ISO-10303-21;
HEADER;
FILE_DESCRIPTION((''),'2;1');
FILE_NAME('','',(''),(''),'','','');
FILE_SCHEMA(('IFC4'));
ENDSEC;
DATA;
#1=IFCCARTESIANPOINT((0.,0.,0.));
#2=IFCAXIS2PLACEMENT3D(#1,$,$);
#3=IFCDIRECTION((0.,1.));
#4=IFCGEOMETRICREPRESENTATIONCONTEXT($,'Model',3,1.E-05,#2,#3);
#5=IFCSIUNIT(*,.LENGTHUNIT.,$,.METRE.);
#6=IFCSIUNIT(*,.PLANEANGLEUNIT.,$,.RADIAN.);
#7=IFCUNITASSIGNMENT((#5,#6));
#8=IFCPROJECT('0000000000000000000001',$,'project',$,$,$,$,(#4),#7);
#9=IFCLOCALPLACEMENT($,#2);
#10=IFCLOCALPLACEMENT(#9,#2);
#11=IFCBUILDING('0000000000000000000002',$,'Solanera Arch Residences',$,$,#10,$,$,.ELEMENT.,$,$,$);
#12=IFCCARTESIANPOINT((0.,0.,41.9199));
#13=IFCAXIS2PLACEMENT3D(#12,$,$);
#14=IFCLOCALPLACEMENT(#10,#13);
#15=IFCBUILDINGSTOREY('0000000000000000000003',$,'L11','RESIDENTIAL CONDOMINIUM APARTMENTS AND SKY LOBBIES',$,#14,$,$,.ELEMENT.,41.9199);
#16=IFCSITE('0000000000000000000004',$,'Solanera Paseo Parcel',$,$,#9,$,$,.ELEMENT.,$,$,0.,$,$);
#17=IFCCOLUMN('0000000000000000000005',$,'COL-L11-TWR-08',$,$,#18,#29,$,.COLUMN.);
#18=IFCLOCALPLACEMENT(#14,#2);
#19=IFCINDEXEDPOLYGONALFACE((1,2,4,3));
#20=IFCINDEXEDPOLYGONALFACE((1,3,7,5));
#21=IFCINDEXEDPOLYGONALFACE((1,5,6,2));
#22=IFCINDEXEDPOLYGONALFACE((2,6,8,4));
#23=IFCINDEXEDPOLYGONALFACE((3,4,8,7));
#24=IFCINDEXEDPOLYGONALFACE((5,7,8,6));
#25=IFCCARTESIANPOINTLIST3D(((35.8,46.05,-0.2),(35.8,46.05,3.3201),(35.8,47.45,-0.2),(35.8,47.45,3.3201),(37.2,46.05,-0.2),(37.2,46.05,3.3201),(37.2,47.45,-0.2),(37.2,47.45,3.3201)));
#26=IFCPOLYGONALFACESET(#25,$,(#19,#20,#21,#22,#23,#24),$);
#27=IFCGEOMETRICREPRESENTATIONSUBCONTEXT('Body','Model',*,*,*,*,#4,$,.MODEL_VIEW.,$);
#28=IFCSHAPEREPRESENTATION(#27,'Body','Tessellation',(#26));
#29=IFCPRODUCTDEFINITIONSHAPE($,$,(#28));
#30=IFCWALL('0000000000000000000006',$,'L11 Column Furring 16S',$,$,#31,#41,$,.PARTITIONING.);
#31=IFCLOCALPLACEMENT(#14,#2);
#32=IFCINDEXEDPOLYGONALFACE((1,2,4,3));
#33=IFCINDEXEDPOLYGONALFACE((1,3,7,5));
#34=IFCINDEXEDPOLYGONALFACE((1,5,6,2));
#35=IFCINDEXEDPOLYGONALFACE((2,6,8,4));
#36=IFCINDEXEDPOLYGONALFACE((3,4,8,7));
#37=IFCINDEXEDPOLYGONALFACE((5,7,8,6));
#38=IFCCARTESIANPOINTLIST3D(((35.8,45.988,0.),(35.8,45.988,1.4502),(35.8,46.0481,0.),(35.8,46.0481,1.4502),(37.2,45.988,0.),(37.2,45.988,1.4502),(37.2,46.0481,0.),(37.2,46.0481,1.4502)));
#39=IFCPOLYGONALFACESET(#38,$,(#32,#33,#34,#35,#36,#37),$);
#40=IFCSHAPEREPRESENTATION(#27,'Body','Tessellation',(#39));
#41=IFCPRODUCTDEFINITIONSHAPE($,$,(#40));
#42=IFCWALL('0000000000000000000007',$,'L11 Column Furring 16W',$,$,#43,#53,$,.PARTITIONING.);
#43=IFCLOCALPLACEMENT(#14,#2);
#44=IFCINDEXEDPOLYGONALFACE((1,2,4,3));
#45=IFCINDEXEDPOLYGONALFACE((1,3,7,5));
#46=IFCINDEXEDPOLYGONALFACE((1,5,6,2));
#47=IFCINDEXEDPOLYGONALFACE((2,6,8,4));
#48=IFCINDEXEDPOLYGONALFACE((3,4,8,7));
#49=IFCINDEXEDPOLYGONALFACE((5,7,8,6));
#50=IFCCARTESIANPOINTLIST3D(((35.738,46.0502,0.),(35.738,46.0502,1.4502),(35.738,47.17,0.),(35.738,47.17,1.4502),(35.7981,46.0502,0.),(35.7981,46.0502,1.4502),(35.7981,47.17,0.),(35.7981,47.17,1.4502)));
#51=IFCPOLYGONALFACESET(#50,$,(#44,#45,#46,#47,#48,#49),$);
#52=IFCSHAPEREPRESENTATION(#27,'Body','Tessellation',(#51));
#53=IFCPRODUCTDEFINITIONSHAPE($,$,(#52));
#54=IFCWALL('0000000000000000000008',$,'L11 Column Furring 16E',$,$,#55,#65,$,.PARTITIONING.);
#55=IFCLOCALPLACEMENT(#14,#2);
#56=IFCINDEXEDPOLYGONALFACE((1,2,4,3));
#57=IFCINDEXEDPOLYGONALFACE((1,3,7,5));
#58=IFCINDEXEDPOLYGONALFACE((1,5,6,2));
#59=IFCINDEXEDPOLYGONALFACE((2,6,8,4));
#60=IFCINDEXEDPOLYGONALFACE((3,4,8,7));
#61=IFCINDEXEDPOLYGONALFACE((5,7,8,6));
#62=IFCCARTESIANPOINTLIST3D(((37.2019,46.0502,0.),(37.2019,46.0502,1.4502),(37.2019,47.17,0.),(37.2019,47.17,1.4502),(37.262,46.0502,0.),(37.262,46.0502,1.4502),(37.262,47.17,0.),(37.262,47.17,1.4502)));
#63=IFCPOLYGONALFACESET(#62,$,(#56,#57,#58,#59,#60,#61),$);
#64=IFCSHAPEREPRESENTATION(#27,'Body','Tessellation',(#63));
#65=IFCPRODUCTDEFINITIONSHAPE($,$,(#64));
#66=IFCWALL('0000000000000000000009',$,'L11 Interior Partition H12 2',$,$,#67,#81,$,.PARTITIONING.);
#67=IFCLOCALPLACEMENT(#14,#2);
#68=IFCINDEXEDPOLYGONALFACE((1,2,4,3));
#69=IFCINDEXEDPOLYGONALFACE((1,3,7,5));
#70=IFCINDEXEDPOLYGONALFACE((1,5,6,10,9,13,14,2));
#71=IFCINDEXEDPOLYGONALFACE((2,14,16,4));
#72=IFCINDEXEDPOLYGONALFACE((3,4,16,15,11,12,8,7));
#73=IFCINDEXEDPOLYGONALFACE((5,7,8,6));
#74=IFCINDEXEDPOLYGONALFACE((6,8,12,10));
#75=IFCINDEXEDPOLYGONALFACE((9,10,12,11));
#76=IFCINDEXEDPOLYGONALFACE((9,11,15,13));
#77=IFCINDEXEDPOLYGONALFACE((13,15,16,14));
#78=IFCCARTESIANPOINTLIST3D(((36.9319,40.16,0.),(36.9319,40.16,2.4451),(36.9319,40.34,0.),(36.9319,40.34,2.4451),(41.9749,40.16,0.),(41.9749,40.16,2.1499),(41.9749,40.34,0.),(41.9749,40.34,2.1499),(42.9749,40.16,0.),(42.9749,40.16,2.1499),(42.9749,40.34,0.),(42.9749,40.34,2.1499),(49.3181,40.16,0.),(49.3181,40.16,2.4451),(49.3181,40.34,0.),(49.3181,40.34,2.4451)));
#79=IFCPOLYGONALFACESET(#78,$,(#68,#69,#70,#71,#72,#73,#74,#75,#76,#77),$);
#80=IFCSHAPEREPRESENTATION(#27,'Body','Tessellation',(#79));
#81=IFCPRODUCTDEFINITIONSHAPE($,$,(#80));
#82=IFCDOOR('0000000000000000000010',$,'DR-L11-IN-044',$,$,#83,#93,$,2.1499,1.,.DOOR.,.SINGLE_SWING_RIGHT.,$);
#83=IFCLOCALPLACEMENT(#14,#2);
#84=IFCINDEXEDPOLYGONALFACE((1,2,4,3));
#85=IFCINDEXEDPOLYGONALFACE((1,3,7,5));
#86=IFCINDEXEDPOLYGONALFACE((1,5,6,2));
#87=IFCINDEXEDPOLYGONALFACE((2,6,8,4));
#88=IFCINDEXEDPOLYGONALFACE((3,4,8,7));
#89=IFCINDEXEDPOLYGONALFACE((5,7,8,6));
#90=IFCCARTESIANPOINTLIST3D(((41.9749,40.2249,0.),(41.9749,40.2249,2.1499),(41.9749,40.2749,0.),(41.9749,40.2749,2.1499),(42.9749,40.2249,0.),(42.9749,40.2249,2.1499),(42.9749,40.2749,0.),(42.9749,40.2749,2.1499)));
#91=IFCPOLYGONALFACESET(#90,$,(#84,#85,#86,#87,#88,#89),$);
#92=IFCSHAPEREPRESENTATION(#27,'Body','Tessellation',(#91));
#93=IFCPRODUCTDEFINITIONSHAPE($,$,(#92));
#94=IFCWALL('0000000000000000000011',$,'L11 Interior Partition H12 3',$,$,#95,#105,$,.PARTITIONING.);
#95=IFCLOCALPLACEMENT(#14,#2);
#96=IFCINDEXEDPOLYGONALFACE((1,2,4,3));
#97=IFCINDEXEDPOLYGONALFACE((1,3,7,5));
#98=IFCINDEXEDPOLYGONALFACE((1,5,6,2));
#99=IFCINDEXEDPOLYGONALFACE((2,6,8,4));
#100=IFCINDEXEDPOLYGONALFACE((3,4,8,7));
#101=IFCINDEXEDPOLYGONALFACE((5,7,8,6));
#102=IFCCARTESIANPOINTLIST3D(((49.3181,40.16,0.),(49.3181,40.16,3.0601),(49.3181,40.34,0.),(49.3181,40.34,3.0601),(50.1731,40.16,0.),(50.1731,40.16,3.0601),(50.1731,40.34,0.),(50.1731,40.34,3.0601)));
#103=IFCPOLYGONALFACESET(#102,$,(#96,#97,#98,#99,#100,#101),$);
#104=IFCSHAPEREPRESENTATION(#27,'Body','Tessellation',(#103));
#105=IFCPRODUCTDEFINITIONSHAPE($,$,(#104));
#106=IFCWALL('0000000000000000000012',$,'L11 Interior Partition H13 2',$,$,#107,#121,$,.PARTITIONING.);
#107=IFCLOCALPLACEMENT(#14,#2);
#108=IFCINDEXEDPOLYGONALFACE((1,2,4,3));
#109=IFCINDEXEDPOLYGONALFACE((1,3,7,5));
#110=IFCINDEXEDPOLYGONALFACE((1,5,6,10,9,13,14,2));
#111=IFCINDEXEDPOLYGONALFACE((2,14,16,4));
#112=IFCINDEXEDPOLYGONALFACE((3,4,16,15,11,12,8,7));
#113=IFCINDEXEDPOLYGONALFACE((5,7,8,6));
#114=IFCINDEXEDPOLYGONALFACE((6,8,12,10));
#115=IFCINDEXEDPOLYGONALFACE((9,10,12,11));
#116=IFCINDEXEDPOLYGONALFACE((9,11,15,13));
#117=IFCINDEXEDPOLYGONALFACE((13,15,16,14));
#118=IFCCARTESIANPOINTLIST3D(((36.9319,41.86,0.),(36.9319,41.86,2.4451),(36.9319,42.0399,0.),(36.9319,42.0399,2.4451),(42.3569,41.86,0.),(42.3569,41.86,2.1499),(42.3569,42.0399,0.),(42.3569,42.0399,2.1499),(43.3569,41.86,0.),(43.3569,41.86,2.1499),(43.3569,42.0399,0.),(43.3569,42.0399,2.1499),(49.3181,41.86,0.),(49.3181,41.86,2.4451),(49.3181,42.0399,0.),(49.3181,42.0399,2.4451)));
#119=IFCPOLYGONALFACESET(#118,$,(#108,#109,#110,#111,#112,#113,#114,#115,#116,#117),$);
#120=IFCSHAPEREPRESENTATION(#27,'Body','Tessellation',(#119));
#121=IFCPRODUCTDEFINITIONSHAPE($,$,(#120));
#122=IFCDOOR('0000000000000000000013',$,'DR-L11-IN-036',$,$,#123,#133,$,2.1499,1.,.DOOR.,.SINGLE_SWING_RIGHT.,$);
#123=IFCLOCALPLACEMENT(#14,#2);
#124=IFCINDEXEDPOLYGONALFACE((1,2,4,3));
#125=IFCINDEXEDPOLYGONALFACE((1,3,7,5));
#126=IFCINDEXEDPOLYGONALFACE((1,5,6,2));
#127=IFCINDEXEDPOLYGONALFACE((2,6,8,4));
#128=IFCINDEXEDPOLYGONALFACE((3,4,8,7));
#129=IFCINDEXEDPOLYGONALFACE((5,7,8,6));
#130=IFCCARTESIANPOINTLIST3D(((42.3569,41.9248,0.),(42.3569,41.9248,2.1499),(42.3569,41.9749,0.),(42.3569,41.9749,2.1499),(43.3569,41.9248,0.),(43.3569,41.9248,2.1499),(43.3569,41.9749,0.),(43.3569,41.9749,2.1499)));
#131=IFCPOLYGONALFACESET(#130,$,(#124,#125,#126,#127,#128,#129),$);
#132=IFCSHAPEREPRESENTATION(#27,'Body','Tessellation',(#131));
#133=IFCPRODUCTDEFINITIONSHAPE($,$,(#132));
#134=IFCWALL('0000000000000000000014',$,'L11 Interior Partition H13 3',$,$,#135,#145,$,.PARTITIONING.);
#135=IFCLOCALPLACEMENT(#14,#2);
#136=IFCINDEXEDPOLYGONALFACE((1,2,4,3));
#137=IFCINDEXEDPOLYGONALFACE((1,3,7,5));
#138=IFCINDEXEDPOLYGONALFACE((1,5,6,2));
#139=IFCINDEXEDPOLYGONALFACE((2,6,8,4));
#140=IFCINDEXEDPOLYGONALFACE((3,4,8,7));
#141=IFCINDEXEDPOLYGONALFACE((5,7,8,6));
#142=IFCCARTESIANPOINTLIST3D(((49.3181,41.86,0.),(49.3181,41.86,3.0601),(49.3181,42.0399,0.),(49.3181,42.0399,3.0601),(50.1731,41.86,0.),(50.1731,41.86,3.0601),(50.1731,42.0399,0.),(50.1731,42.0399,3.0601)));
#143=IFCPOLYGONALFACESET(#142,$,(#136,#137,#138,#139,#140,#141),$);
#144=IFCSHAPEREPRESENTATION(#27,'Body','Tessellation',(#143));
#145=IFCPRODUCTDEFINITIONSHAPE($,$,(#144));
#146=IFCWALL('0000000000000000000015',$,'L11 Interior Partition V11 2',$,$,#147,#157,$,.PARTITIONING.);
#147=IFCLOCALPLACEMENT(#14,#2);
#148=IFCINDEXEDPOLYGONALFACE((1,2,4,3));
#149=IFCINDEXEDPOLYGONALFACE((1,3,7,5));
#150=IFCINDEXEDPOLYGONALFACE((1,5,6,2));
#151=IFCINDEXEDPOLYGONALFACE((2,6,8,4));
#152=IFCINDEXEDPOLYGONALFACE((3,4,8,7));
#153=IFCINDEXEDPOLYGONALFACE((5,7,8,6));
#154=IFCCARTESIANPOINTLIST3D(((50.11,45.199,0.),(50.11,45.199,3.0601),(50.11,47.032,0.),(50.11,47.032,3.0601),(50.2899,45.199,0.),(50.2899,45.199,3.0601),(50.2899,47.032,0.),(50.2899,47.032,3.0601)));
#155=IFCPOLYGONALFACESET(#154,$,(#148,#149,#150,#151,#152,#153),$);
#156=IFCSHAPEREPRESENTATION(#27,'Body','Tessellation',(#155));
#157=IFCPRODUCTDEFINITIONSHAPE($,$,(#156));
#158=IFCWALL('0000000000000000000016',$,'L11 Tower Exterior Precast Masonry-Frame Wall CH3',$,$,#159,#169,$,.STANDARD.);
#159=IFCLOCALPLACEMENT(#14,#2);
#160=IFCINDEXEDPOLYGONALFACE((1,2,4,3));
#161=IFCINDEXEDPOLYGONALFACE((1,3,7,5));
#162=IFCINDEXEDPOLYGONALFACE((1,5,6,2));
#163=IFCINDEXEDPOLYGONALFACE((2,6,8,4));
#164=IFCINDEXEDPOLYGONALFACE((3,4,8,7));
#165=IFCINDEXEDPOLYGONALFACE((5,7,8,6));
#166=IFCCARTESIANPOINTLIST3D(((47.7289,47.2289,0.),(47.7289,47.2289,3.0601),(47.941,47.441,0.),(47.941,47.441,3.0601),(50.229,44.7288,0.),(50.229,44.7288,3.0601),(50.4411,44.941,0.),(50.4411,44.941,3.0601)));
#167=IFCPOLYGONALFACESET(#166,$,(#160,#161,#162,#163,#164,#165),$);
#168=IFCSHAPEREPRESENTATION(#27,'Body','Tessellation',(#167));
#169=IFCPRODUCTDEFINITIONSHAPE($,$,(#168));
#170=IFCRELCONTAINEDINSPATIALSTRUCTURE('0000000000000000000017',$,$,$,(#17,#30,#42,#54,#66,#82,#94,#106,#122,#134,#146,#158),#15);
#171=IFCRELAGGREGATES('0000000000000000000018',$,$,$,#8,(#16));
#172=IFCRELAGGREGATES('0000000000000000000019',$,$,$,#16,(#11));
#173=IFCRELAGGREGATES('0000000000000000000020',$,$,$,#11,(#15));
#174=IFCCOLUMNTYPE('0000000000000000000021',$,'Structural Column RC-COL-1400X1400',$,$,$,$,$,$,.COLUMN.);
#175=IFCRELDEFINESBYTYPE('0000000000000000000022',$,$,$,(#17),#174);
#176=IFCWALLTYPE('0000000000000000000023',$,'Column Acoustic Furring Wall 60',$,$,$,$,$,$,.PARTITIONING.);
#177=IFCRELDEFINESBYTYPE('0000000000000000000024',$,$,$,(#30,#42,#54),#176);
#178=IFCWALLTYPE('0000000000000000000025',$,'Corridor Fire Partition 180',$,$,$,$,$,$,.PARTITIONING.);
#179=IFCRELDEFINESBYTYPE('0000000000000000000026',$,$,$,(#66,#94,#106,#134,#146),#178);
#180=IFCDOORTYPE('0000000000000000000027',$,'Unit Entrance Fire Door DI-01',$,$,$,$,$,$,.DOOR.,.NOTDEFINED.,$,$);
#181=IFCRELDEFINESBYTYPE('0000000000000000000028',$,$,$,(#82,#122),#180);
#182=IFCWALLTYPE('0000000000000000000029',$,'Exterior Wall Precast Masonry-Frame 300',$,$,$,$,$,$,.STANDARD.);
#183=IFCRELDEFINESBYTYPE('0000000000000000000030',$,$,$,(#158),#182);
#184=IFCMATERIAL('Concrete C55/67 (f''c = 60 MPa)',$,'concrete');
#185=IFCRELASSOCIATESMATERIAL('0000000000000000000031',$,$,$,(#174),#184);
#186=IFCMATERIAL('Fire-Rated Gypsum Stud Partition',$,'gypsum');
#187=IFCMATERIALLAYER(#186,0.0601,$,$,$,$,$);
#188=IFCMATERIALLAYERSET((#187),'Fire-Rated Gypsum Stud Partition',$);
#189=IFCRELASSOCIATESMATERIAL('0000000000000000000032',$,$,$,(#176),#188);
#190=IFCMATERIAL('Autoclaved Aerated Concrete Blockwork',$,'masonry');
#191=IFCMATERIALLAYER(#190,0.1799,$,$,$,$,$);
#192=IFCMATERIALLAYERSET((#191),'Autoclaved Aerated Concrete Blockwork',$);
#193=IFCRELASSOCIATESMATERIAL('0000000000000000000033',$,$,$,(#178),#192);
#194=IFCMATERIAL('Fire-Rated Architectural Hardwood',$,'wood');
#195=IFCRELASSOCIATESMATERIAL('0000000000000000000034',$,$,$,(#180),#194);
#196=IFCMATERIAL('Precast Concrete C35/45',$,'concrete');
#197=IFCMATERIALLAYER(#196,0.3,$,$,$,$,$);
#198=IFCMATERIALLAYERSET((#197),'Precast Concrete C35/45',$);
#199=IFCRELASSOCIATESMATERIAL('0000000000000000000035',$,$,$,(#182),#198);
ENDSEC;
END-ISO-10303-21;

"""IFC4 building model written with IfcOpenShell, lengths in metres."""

from ifc_helpers import new_model, si_unit, direction, frame, frame_2d, origin, origin_2d, place, context, subcontext, project, spatial, rectangle, extrude, material, layer, layer_set, material_profile, profile_set, type_object, element, fill, save


model = new_model("IFC4")

# Units and contexts
model_context = context("Model", 3, precision=1e-05, world=origin(), true_north=direction((0.0, 1.0)))
body_context = subcontext(model_context, "Body", "Model", "MODEL_VIEW")
ifc_project = project(units=[si_unit("LENGTHUNIT", "METRE"), si_unit("PLANEANGLEUNIT", "RADIAN")], contexts=[model_context])

# Site, building, storey
site_placement = place(None, origin())
site = spatial("IfcSite", under=ifc_project, at=site_placement, Name="Solanera Paseo Parcel", CompositionType="ELEMENT", RefElevation=0.0)
building_placement = place(site_placement, origin())
building = spatial("IfcBuilding", under=site, at=building_placement, Name="Solanera Arch Residences", CompositionType="ELEMENT")
storey_placement = place(building_placement, frame((0.0, 0.0, 41.9199)))
storey = spatial("IfcBuildingStorey", under=building, at=storey_placement, Name="L11", Description="RESIDENTIAL CONDOMINIUM APARTMENTS AND SKY LOBBIES", CompositionType="ELEMENT", Elevation=41.9199)

# Column
ifc_material_1 = material(Name="Concrete C55/67 (f'c = 60 MPa)", Category="concrete")
ifc_material_profile = material_profile(ifc_material_1, rectangle(XDim=1.3999, YDim=1.3999, at=origin_2d()))
ifc_profile_set = profile_set([ifc_material_profile], Name="Concrete C55/67 (f'c = 60 MPa)")
column_type = type_object("IfcColumnType", Name="Structural Column RC-COL-1400X1400", PredefinedType="COLUMN", material=ifc_profile_set)
column_placement = place(storey_placement, frame((36.5, 46.75, -0.2), z_axis=(0.0, 0.0, 1.0), x_axis=(1.0, 0.0, 0.0)))
element("IfcColumn", 1, at=column_placement, inside=storey, type_object=column_type, Name="COL-L11-TWR-08", PredefinedType="COLUMN", context=body_context, shape_type="SweptSolid", body=[
    extrude(rectangle(XDim=1.3999, YDim=1.3999, at=origin_2d()), origin(), (0.0, 0.0, 1.0), 3.52),
])

# Walls
ifc_material_2 = material(Name="Fire-Rated Gypsum Stud Partition", Category="gypsum")
ifc_layer_1 = layer(ifc_material_2, 0.0601)
ifc_layer_set_1 = layer_set([ifc_layer_1], Name="Fire-Rated Gypsum Stud Partition")
wall_type_1 = type_object("IfcWallType", Name="Column Acoustic Furring Wall 60", PredefinedType="PARTITIONING", material=ifc_layer_set_1)
wall_1_placement = place(storey_placement, frame((35.8, 46.0181, 0.0), z_axis=(0.0, 0.0, 1.0), x_axis=(1.0, 0.0, 0.0)))
element("IfcWall", 2, at=wall_1_placement, inside=storey, type_object=wall_type_1, Name="L11 Column Furring 16S", PredefinedType="PARTITIONING", context=body_context, shape_type="SweptSolid", body=[
    extrude(rectangle(XDim=1.3999, YDim=0.0601, at=frame_2d((0.7, 0.0))), origin(), (0.0, 0.0, 1.0), 1.4502),
])
for number, where, z_axis, x_axis, name in (
    (3, (35.7681, 46.05, 0.0), (0.0, 0.0, 1.0), (0.0, 1.0, 0.0), "L11 Column Furring 16W"),
    (4, (37.2319, 46.05, 0.0), (0.0, 0.0, 1.0), (0.0, 1.0, 0.0), "L11 Column Furring 16E"),
):
    element("IfcWall", number, at=place(storey_placement, frame(where, z_axis=z_axis, x_axis=x_axis)), inside=storey, type_object=wall_type_1, Name=name, PredefinedType="PARTITIONING", context=body_context, shape_type="SweptSolid", body=[
        extrude(rectangle(XDim=1.1199, YDim=0.0601, at=frame_2d((0.5601, 0.0))), origin(), (0.0, 0.0, 1.0), 1.4502),
    ])

# Wall, opening, door
ifc_material_3 = material(Name="Autoclaved Aerated Concrete Blockwork", Category="masonry")
ifc_layer_2 = layer(ifc_material_3, 0.1799)
ifc_layer_set_2 = layer_set([ifc_layer_2], Name="Autoclaved Aerated Concrete Blockwork")
wall_type_2 = type_object("IfcWallType", Name="Corridor Fire Partition 180", PredefinedType="PARTITIONING", material=ifc_layer_set_2)
wall_2_placement = place(storey_placement, frame((36.9319, 40.25, 0.0), z_axis=(0.0, 0.0, 1.0), x_axis=(1.0, 0.0, 0.0)))
wall_2 = element("IfcWall", 5, at=wall_2_placement, inside=storey, type_object=wall_type_2, Name="L11 Interior Partition H12 2", PredefinedType="PARTITIONING", context=body_context, shape_type="SweptSolid", body=[
    extrude(rectangle(XDim=12.3862, YDim=0.1799, at=frame_2d((6.1931, 0.0))), origin(), (0.0, 0.0, 1.0), 2.4451),
])
opening_1_placement = place(wall_2_placement, frame((5.043, 0.0, 0.0)))
opening_1 = element("IfcOpeningElement", 6, at=opening_1_placement, cuts=wall_2, PredefinedType="OPENING", context=body_context, shape_type="SweptSolid", body=[
    extrude(rectangle(XDim=1.0, YDim=2.1499, at=frame_2d((0.5, 1.075))), frame((0.0, 0.1001, 0.0), z_axis=(0.0, -1.0, 0.0), x_axis=(1.0, 0.0, 0.0)), (0.0, 0.0, 1.0), 0.1999),
])
ifc_material_4 = material(Name="Fire-Rated Architectural Hardwood", Category="wood")
door_type_1 = type_object("IfcDoorType", Name="Unit Entrance Fire Door DI-01", OperationType="NOTDEFINED", PredefinedType="DOOR", material=ifc_material_4)
door_1_placement = place(opening_1_placement, origin())
door_1 = element("IfcDoor", 7, at=door_1_placement, inside=storey, type_object=door_type_1, Name="DR-L11-IN-044", OperationType="SINGLE_SWING_RIGHT", OverallHeight=2.1499, OverallWidth=1.0, PredefinedType="DOOR", context=body_context, shape_type="SweptSolid", body=[
    extrude(rectangle(XDim=1.0, YDim=2.1499, at=frame_2d((0.5, 1.075))), frame((0.0, 0.0249, 0.0), z_axis=(0.0, -1.0, 0.0), x_axis=(1.0, 0.0, 0.0)), (0.0, 0.0, 1.0), 0.05),
])
fill(opening_1, door_1)

# Wall
wall_3_placement = place(storey_placement, frame((49.3181, 40.25, 0.0), z_axis=(0.0, 0.0, 1.0), x_axis=(1.0, 0.0, 0.0)))
element("IfcWall", 8, at=wall_3_placement, inside=storey, type_object=wall_type_2, Name="L11 Interior Partition H12 3", PredefinedType="PARTITIONING", context=body_context, shape_type="SweptSolid", body=[
    extrude(rectangle(XDim=0.855, YDim=0.1799, at=frame_2d((0.4275, 0.0))), origin(), (0.0, 0.0, 1.0), 3.0601),
])

# Wall, opening, door
wall_4_placement = place(storey_placement, frame((36.9319, 41.95, 0.0), z_axis=(0.0, 0.0, 1.0), x_axis=(1.0, 0.0, 0.0)))
wall_4 = element("IfcWall", 9, at=wall_4_placement, inside=storey, type_object=wall_type_2, Name="L11 Interior Partition H13 2", PredefinedType="PARTITIONING", context=body_context, shape_type="SweptSolid", body=[
    extrude(rectangle(XDim=12.3862, YDim=0.1799, at=frame_2d((6.1931, 0.0))), origin(), (0.0, 0.0, 1.0), 2.4451),
])
opening_2_placement = place(wall_4_placement, frame((5.425, 0.0, 0.0)))
opening_2 = element("IfcOpeningElement", 10, at=opening_2_placement, cuts=wall_4, PredefinedType="OPENING", context=body_context, shape_type="SweptSolid", body=[
    extrude(rectangle(XDim=1.0, YDim=2.1499, at=frame_2d((0.5, 1.075))), frame((0.0, 0.1001, 0.0), z_axis=(0.0, -1.0, 0.0), x_axis=(1.0, 0.0, 0.0)), (0.0, 0.0, 1.0), 0.1999),
])
door_2_placement = place(opening_2_placement, origin())
door_2 = element("IfcDoor", 11, at=door_2_placement, inside=storey, type_object=door_type_1, Name="DR-L11-IN-036", OperationType="SINGLE_SWING_RIGHT", OverallHeight=2.1499, OverallWidth=1.0, PredefinedType="DOOR", context=body_context, shape_type="SweptSolid", body=[
    extrude(rectangle(XDim=1.0, YDim=2.1499, at=frame_2d((0.5, 1.075))), frame((0.0, 0.0249, 0.0), z_axis=(0.0, -1.0, 0.0), x_axis=(1.0, 0.0, 0.0)), (0.0, 0.0, 1.0), 0.05),
])
fill(opening_2, door_2)

# Walls
wall_5_placement = place(storey_placement, frame((49.3181, 41.95, 0.0), z_axis=(0.0, 0.0, 1.0), x_axis=(1.0, 0.0, 0.0)))
element("IfcWall", 12, at=wall_5_placement, inside=storey, type_object=wall_type_2, Name="L11 Interior Partition H13 3", PredefinedType="PARTITIONING", context=body_context, shape_type="SweptSolid", body=[
    extrude(rectangle(XDim=0.855, YDim=0.1799, at=frame_2d((0.4275, 0.0))), origin(), (0.0, 0.0, 1.0), 3.0601),
])
wall_6_placement = place(storey_placement, frame((50.2, 45.199, 0.0), z_axis=(0.0, 0.0, 1.0), x_axis=(0.0, 1.0, 0.0)))
element("IfcWall", 13, at=wall_6_placement, inside=storey, type_object=wall_type_2, Name="L11 Interior Partition V11 2", PredefinedType="PARTITIONING", context=body_context, shape_type="SweptSolid", body=[
    extrude(rectangle(XDim=1.833, YDim=0.1799, at=frame_2d((0.9165, 0.0))), origin(), (0.0, 0.0, 1.0), 3.0601),
])
ifc_material_5 = material(Name="Precast Concrete C35/45", Category="concrete")
ifc_layer_3 = layer(ifc_material_5, 0.3)
ifc_layer_set_3 = layer_set([ifc_layer_3], Name="Precast Concrete C35/45")
wall_type_3 = type_object("IfcWallType", Name="Exterior Wall Precast Masonry-Frame 300", PredefinedType="STANDARD", material=ifc_layer_set_3)
wall_7_placement = place(storey_placement, frame((47.835, 47.335, 0.0), z_axis=(0.0, 0.0, 1.0), x_axis=(0.707107, -0.707107, 0.0)))
element("IfcWall", 14, at=wall_7_placement, inside=storey, type_object=wall_type_3, Name="L11 Tower Exterior Precast Masonry-Frame Wall CH3", PredefinedType="STANDARD", context=body_context, shape_type="SweptSolid", body=[
    extrude(rectangle(XDim=3.5356, YDim=0.3, at=frame_2d((1.7678, 0.0))), origin(), (0.0, 0.0, 1.0), 3.0601),
])

save(model, "model.ifc")
